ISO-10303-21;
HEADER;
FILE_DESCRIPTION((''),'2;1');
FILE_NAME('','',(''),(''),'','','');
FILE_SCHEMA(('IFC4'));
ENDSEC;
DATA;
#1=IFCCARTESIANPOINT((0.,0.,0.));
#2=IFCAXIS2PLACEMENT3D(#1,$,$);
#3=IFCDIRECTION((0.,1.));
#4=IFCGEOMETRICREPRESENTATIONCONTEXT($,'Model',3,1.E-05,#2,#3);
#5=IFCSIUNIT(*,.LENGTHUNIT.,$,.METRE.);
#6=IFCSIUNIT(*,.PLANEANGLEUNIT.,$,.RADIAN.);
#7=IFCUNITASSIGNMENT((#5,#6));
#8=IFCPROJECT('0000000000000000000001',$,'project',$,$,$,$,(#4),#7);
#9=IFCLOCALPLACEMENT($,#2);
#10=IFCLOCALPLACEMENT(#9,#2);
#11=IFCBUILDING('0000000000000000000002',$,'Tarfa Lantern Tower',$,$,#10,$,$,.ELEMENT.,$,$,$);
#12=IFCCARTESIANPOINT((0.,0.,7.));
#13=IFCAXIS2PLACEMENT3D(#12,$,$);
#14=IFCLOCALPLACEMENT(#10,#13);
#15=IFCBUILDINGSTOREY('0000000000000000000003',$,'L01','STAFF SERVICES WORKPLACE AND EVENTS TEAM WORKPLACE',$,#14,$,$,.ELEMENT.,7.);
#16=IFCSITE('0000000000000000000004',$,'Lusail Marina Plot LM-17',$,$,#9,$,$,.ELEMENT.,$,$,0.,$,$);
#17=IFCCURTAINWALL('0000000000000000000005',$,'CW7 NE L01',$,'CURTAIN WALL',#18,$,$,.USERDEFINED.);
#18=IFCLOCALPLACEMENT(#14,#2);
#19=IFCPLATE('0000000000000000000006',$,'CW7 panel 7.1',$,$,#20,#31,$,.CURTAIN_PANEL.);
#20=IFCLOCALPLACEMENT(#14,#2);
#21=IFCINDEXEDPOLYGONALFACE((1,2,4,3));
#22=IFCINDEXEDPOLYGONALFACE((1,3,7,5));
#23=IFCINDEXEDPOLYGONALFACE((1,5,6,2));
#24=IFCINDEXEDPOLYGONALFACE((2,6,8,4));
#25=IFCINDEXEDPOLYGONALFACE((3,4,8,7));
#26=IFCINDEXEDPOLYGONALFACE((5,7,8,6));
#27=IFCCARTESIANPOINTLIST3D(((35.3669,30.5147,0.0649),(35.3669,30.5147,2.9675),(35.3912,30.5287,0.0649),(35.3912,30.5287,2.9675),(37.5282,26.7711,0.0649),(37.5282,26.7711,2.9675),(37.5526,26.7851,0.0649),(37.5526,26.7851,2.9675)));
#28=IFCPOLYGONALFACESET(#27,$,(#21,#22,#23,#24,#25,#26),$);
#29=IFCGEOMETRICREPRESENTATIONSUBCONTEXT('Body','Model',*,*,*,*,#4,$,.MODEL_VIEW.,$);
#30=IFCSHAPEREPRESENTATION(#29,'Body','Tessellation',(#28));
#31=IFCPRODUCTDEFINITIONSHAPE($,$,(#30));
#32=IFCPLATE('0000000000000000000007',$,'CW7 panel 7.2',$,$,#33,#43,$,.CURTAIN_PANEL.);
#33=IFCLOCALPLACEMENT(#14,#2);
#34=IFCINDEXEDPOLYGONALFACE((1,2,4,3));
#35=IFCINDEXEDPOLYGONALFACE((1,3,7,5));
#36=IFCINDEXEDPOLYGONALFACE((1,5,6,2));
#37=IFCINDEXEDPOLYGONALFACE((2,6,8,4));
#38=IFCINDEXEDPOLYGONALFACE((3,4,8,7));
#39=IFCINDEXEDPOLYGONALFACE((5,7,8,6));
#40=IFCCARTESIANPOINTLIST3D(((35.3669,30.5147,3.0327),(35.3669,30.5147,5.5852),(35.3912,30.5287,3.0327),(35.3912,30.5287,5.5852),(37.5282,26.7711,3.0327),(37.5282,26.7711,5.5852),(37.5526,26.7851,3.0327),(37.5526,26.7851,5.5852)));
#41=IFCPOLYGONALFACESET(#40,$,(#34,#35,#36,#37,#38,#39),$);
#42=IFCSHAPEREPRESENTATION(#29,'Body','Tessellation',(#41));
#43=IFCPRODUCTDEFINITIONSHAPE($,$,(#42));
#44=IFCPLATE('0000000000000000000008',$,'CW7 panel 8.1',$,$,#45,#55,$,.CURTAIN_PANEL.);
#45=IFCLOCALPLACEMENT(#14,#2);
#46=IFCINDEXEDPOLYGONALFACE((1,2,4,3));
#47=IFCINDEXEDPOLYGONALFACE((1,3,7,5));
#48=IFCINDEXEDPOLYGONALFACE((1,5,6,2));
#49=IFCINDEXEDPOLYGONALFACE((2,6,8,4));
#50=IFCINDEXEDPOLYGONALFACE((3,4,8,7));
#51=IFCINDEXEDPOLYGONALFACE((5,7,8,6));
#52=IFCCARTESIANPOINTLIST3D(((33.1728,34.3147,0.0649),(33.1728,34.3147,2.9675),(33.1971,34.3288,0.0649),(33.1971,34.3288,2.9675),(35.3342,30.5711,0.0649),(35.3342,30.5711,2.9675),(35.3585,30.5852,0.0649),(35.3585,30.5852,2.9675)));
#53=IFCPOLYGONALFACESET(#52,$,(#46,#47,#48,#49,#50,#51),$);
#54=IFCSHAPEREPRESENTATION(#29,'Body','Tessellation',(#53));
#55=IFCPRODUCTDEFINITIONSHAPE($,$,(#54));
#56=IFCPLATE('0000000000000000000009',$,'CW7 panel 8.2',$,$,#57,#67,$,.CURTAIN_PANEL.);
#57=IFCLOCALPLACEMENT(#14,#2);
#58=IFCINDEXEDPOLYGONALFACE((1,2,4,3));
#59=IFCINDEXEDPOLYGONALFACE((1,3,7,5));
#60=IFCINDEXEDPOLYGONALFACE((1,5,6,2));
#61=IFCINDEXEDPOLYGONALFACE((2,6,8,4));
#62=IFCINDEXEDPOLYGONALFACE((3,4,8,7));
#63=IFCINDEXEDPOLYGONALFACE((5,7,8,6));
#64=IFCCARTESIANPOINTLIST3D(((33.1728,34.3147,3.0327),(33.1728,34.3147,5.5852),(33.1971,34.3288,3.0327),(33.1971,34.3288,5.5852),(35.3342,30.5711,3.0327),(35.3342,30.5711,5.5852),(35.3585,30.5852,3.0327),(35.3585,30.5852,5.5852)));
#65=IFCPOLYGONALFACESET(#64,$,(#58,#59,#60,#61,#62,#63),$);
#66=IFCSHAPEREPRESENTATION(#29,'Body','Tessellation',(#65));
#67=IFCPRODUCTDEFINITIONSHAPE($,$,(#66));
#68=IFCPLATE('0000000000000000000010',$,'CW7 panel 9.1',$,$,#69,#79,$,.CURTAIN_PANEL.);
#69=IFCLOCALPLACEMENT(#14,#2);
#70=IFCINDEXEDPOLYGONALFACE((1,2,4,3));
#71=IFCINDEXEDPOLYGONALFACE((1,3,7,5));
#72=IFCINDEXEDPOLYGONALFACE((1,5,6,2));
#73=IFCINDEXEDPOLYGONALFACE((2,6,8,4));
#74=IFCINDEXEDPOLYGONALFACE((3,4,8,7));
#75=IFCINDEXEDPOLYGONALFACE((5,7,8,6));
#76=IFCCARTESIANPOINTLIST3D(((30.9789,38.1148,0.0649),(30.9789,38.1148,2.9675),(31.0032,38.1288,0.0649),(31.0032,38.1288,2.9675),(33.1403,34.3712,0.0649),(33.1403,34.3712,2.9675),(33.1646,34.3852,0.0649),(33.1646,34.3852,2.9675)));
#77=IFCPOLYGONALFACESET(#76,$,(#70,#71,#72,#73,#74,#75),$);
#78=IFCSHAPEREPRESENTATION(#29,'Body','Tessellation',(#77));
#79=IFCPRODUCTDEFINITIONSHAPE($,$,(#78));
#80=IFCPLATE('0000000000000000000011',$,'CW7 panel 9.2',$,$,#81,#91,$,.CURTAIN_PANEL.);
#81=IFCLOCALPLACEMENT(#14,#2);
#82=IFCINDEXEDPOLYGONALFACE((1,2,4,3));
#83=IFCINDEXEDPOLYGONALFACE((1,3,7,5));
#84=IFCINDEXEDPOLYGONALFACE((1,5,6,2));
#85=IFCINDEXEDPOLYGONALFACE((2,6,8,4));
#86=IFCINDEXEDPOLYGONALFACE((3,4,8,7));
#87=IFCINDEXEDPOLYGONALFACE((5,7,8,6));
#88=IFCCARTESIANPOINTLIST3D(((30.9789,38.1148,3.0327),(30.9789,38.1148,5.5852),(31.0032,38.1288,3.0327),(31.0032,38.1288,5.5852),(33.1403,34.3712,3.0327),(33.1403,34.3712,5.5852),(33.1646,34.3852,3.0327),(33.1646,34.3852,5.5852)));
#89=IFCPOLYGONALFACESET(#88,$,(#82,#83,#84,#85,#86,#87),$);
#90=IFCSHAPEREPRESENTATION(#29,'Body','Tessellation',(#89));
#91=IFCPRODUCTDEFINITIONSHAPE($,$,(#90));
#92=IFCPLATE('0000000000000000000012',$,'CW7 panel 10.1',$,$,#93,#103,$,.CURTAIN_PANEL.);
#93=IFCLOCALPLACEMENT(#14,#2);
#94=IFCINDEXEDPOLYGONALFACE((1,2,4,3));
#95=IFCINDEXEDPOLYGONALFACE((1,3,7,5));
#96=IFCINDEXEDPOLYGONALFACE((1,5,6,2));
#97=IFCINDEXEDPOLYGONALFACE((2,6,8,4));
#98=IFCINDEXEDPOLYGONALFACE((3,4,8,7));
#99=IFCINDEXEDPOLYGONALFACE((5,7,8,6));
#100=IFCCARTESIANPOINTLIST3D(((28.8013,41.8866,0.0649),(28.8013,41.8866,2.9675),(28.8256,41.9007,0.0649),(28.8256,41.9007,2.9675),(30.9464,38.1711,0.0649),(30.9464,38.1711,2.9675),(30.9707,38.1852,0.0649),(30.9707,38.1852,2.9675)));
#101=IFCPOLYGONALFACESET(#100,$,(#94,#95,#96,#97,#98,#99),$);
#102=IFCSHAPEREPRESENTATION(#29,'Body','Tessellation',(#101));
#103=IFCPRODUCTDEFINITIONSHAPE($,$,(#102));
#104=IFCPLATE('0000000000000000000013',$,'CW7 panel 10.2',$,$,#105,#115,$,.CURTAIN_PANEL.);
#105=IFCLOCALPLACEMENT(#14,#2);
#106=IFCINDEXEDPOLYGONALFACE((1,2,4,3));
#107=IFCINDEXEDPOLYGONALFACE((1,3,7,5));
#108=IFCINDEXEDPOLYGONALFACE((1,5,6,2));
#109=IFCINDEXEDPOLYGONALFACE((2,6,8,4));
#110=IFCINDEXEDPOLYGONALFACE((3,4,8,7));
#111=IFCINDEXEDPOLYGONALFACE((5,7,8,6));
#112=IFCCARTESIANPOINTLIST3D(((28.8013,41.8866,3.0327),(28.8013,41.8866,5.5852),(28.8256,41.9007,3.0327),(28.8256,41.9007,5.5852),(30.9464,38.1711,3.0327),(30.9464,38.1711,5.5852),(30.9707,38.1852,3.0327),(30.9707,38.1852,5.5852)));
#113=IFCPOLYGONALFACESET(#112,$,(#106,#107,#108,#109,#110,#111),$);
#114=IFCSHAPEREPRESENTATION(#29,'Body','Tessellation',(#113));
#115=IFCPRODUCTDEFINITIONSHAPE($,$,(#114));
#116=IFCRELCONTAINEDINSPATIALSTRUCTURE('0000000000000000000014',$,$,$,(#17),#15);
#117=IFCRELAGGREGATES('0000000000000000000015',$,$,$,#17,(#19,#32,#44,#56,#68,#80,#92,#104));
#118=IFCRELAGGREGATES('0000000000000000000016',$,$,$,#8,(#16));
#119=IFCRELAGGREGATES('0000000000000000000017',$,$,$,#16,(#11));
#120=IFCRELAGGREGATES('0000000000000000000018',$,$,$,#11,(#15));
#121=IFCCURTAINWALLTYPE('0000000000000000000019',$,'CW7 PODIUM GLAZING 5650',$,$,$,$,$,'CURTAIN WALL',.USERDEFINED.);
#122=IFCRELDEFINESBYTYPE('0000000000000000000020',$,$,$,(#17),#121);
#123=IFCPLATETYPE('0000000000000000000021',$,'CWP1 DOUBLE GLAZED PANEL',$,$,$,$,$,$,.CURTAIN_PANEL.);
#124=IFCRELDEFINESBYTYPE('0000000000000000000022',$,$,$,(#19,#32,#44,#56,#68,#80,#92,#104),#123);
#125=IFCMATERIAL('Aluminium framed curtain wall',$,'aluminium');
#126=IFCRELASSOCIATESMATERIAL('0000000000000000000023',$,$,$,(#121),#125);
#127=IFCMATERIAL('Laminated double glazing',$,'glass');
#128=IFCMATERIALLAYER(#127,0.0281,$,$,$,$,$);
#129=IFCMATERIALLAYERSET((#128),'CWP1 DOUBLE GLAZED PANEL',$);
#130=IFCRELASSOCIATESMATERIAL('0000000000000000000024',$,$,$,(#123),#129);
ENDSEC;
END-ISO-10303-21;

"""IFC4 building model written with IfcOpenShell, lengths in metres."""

from ifc_helpers import new_model, si_unit, direction, frame, origin, origin_2d, place, context, subcontext, project, spatial, rectangle, extrude, material, layer, layer_set, type_object, element, aggregate, save


model = new_model("IFC4")

# Units and contexts
model_context = context("Model", 3, precision=1e-05, world=origin(), true_north=direction((0.0, 1.0)))
body_context = subcontext(model_context, "Body", "Model", "MODEL_VIEW")
ifc_project = project(units=[si_unit("LENGTHUNIT", "METRE"), si_unit("PLANEANGLEUNIT", "RADIAN")], contexts=[model_context])

# Site, building, storey
site_placement = place(None, origin())
site = spatial("IfcSite", under=ifc_project, at=site_placement, Name="Lusail Marina Plot LM-17", CompositionType="ELEMENT", RefElevation=0.0)
building_placement = place(site_placement, origin())
building = spatial("IfcBuilding", under=site, at=building_placement, Name="Tarfa Lantern Tower", CompositionType="ELEMENT")
storey_placement = place(building_placement, frame((0.0, 0.0, 7.0)))
storey = spatial("IfcBuildingStorey", under=building, at=storey_placement, Name="L01", Description="STAFF SERVICES WORKPLACE AND EVENTS TEAM WORKPLACE", CompositionType="ELEMENT", Elevation=7.0)

# Curtain wall
ifc_material_1 = material(Name="Aluminium framed curtain wall", Category="aluminium")
curtain_wall_type = type_object("IfcCurtainWallType", Name="CW7 PODIUM GLAZING 5650", ElementType="CURTAIN WALL", PredefinedType="USERDEFINED", material=ifc_material_1)
curtain_wall_1_placement = place(storey_placement, origin())
curtain_wall_1 = element("IfcCurtainWall", 1, at=curtain_wall_1_placement, inside=storey, type_object=curtain_wall_type, Name="CW7 NE L01", ObjectType="CURTAIN WALL", PredefinedType="USERDEFINED")

# Plates
ifc_material_2 = material(Name="Laminated double glazing", Category="glass")
ifc_layer = layer(ifc_material_2, 0.0281)
ifc_layer_set = layer_set([ifc_layer], Name="CWP1 DOUBLE GLAZED PANEL")
plate_type = type_object("IfcPlateType", Name="CWP1 DOUBLE GLAZED PANEL", PredefinedType="CURTAIN_PANEL", material=ifc_layer_set)
plate_1_placement = place(storey_placement, frame((36.4597, 28.6499, 0.0649), z_axis=(0.0, 0.0, 1.0), x_axis=(-0.5, 0.866025, 0.0)))
plate_1 = element("IfcPlate", 2, at=plate_1_placement, type_object=plate_type, Name="CW7 panel 7.1", PredefinedType="CURTAIN_PANEL", context=body_context, shape_type="SweptSolid", body=[
    extrude(rectangle(XDim=4.3228, YDim=0.0281, at=origin_2d()), origin(), (0.0, 0.0, 1.0), 2.9026),
])
plate_2_placement = place(storey_placement, frame((36.4597, 28.6499, 3.0327), z_axis=(0.0, 0.0, 1.0), x_axis=(-0.5, 0.866025, 0.0)))
plate_2 = element("IfcPlate", 3, at=plate_2_placement, type_object=plate_type, Name="CW7 panel 7.2", PredefinedType="CURTAIN_PANEL", context=body_context, shape_type="SweptSolid", body=[
    extrude(rectangle(XDim=4.3228, YDim=0.0281, at=origin_2d()), origin(), (0.0, 0.0, 1.0), 2.5525),
])
plate_3_placement = place(storey_placement, frame((34.2656, 32.45, 0.0649), z_axis=(0.0, 0.0, 1.0), x_axis=(-0.5, 0.866025, 0.0)))
plate_3 = element("IfcPlate", 4, at=plate_3_placement, type_object=plate_type, Name="CW7 panel 8.1", PredefinedType="CURTAIN_PANEL", context=body_context, shape_type="SweptSolid", body=[
    extrude(rectangle(XDim=4.3228, YDim=0.0281, at=origin_2d()), origin(), (0.0, 0.0, 1.0), 2.9026),
])
plate_4_placement = place(storey_placement, frame((34.2656, 32.45, 3.0327), z_axis=(0.0, 0.0, 1.0), x_axis=(-0.5, 0.866025, 0.0)))
plate_4 = element("IfcPlate", 5, at=plate_4_placement, type_object=plate_type, Name="CW7 panel 8.2", PredefinedType="CURTAIN_PANEL", context=body_context, shape_type="SweptSolid", body=[
    extrude(rectangle(XDim=4.3228, YDim=0.0281, at=origin_2d()), origin(), (0.0, 0.0, 1.0), 2.5525),
])
plate_5_placement = place(storey_placement, frame((32.0718, 36.25, 0.0649), z_axis=(0.0, 0.0, 1.0), x_axis=(-0.5, 0.866025, 0.0)))
plate_5 = element("IfcPlate", 6, at=plate_5_placement, type_object=plate_type, Name="CW7 panel 9.1", PredefinedType="CURTAIN_PANEL", context=body_context, shape_type="SweptSolid", body=[
    extrude(rectangle(XDim=4.3228, YDim=0.0281, at=origin_2d()), origin(), (0.0, 0.0, 1.0), 2.9026),
])
plate_6_placement = place(storey_placement, frame((32.0718, 36.25, 3.0327), z_axis=(0.0, 0.0, 1.0), x_axis=(-0.5, 0.866025, 0.0)))
plate_6 = element("IfcPlate", 7, at=plate_6_placement, type_object=plate_type, Name="CW7 panel 9.2", PredefinedType="CURTAIN_PANEL", context=body_context, shape_type="SweptSolid", body=[
    extrude(rectangle(XDim=4.3228, YDim=0.0281, at=origin_2d()), origin(), (0.0, 0.0, 1.0), 2.5525),
])
plate_7_placement = place(storey_placement, frame((29.886, 40.0359, 0.0649), z_axis=(0.0, 0.0, 1.0), x_axis=(-0.5, 0.866025, 0.0)))
plate_7 = element("IfcPlate", 8, at=plate_7_placement, type_object=plate_type, Name="CW7 panel 10.1", PredefinedType="CURTAIN_PANEL", context=body_context, shape_type="SweptSolid", body=[
    extrude(rectangle(XDim=4.2903, YDim=0.0281, at=origin_2d()), origin(), (0.0, 0.0, 1.0), 2.9026),
])
plate_8_placement = place(storey_placement, frame((29.886, 40.0359, 3.0327), z_axis=(0.0, 0.0, 1.0), x_axis=(-0.5, 0.866025, 0.0)))
plate_8 = element("IfcPlate", 9, at=plate_8_placement, type_object=plate_type, Name="CW7 panel 10.2", PredefinedType="CURTAIN_PANEL", context=body_context, shape_type="SweptSolid", body=[
    extrude(rectangle(XDim=4.2903, YDim=0.0281, at=origin_2d()), origin(), (0.0, 0.0, 1.0), 2.5525),
])
aggregate(curtain_wall_1, [plate_1, plate_2, plate_3, plate_4, plate_5, plate_6, plate_7, plate_8])

save(model, "model.ifc")
